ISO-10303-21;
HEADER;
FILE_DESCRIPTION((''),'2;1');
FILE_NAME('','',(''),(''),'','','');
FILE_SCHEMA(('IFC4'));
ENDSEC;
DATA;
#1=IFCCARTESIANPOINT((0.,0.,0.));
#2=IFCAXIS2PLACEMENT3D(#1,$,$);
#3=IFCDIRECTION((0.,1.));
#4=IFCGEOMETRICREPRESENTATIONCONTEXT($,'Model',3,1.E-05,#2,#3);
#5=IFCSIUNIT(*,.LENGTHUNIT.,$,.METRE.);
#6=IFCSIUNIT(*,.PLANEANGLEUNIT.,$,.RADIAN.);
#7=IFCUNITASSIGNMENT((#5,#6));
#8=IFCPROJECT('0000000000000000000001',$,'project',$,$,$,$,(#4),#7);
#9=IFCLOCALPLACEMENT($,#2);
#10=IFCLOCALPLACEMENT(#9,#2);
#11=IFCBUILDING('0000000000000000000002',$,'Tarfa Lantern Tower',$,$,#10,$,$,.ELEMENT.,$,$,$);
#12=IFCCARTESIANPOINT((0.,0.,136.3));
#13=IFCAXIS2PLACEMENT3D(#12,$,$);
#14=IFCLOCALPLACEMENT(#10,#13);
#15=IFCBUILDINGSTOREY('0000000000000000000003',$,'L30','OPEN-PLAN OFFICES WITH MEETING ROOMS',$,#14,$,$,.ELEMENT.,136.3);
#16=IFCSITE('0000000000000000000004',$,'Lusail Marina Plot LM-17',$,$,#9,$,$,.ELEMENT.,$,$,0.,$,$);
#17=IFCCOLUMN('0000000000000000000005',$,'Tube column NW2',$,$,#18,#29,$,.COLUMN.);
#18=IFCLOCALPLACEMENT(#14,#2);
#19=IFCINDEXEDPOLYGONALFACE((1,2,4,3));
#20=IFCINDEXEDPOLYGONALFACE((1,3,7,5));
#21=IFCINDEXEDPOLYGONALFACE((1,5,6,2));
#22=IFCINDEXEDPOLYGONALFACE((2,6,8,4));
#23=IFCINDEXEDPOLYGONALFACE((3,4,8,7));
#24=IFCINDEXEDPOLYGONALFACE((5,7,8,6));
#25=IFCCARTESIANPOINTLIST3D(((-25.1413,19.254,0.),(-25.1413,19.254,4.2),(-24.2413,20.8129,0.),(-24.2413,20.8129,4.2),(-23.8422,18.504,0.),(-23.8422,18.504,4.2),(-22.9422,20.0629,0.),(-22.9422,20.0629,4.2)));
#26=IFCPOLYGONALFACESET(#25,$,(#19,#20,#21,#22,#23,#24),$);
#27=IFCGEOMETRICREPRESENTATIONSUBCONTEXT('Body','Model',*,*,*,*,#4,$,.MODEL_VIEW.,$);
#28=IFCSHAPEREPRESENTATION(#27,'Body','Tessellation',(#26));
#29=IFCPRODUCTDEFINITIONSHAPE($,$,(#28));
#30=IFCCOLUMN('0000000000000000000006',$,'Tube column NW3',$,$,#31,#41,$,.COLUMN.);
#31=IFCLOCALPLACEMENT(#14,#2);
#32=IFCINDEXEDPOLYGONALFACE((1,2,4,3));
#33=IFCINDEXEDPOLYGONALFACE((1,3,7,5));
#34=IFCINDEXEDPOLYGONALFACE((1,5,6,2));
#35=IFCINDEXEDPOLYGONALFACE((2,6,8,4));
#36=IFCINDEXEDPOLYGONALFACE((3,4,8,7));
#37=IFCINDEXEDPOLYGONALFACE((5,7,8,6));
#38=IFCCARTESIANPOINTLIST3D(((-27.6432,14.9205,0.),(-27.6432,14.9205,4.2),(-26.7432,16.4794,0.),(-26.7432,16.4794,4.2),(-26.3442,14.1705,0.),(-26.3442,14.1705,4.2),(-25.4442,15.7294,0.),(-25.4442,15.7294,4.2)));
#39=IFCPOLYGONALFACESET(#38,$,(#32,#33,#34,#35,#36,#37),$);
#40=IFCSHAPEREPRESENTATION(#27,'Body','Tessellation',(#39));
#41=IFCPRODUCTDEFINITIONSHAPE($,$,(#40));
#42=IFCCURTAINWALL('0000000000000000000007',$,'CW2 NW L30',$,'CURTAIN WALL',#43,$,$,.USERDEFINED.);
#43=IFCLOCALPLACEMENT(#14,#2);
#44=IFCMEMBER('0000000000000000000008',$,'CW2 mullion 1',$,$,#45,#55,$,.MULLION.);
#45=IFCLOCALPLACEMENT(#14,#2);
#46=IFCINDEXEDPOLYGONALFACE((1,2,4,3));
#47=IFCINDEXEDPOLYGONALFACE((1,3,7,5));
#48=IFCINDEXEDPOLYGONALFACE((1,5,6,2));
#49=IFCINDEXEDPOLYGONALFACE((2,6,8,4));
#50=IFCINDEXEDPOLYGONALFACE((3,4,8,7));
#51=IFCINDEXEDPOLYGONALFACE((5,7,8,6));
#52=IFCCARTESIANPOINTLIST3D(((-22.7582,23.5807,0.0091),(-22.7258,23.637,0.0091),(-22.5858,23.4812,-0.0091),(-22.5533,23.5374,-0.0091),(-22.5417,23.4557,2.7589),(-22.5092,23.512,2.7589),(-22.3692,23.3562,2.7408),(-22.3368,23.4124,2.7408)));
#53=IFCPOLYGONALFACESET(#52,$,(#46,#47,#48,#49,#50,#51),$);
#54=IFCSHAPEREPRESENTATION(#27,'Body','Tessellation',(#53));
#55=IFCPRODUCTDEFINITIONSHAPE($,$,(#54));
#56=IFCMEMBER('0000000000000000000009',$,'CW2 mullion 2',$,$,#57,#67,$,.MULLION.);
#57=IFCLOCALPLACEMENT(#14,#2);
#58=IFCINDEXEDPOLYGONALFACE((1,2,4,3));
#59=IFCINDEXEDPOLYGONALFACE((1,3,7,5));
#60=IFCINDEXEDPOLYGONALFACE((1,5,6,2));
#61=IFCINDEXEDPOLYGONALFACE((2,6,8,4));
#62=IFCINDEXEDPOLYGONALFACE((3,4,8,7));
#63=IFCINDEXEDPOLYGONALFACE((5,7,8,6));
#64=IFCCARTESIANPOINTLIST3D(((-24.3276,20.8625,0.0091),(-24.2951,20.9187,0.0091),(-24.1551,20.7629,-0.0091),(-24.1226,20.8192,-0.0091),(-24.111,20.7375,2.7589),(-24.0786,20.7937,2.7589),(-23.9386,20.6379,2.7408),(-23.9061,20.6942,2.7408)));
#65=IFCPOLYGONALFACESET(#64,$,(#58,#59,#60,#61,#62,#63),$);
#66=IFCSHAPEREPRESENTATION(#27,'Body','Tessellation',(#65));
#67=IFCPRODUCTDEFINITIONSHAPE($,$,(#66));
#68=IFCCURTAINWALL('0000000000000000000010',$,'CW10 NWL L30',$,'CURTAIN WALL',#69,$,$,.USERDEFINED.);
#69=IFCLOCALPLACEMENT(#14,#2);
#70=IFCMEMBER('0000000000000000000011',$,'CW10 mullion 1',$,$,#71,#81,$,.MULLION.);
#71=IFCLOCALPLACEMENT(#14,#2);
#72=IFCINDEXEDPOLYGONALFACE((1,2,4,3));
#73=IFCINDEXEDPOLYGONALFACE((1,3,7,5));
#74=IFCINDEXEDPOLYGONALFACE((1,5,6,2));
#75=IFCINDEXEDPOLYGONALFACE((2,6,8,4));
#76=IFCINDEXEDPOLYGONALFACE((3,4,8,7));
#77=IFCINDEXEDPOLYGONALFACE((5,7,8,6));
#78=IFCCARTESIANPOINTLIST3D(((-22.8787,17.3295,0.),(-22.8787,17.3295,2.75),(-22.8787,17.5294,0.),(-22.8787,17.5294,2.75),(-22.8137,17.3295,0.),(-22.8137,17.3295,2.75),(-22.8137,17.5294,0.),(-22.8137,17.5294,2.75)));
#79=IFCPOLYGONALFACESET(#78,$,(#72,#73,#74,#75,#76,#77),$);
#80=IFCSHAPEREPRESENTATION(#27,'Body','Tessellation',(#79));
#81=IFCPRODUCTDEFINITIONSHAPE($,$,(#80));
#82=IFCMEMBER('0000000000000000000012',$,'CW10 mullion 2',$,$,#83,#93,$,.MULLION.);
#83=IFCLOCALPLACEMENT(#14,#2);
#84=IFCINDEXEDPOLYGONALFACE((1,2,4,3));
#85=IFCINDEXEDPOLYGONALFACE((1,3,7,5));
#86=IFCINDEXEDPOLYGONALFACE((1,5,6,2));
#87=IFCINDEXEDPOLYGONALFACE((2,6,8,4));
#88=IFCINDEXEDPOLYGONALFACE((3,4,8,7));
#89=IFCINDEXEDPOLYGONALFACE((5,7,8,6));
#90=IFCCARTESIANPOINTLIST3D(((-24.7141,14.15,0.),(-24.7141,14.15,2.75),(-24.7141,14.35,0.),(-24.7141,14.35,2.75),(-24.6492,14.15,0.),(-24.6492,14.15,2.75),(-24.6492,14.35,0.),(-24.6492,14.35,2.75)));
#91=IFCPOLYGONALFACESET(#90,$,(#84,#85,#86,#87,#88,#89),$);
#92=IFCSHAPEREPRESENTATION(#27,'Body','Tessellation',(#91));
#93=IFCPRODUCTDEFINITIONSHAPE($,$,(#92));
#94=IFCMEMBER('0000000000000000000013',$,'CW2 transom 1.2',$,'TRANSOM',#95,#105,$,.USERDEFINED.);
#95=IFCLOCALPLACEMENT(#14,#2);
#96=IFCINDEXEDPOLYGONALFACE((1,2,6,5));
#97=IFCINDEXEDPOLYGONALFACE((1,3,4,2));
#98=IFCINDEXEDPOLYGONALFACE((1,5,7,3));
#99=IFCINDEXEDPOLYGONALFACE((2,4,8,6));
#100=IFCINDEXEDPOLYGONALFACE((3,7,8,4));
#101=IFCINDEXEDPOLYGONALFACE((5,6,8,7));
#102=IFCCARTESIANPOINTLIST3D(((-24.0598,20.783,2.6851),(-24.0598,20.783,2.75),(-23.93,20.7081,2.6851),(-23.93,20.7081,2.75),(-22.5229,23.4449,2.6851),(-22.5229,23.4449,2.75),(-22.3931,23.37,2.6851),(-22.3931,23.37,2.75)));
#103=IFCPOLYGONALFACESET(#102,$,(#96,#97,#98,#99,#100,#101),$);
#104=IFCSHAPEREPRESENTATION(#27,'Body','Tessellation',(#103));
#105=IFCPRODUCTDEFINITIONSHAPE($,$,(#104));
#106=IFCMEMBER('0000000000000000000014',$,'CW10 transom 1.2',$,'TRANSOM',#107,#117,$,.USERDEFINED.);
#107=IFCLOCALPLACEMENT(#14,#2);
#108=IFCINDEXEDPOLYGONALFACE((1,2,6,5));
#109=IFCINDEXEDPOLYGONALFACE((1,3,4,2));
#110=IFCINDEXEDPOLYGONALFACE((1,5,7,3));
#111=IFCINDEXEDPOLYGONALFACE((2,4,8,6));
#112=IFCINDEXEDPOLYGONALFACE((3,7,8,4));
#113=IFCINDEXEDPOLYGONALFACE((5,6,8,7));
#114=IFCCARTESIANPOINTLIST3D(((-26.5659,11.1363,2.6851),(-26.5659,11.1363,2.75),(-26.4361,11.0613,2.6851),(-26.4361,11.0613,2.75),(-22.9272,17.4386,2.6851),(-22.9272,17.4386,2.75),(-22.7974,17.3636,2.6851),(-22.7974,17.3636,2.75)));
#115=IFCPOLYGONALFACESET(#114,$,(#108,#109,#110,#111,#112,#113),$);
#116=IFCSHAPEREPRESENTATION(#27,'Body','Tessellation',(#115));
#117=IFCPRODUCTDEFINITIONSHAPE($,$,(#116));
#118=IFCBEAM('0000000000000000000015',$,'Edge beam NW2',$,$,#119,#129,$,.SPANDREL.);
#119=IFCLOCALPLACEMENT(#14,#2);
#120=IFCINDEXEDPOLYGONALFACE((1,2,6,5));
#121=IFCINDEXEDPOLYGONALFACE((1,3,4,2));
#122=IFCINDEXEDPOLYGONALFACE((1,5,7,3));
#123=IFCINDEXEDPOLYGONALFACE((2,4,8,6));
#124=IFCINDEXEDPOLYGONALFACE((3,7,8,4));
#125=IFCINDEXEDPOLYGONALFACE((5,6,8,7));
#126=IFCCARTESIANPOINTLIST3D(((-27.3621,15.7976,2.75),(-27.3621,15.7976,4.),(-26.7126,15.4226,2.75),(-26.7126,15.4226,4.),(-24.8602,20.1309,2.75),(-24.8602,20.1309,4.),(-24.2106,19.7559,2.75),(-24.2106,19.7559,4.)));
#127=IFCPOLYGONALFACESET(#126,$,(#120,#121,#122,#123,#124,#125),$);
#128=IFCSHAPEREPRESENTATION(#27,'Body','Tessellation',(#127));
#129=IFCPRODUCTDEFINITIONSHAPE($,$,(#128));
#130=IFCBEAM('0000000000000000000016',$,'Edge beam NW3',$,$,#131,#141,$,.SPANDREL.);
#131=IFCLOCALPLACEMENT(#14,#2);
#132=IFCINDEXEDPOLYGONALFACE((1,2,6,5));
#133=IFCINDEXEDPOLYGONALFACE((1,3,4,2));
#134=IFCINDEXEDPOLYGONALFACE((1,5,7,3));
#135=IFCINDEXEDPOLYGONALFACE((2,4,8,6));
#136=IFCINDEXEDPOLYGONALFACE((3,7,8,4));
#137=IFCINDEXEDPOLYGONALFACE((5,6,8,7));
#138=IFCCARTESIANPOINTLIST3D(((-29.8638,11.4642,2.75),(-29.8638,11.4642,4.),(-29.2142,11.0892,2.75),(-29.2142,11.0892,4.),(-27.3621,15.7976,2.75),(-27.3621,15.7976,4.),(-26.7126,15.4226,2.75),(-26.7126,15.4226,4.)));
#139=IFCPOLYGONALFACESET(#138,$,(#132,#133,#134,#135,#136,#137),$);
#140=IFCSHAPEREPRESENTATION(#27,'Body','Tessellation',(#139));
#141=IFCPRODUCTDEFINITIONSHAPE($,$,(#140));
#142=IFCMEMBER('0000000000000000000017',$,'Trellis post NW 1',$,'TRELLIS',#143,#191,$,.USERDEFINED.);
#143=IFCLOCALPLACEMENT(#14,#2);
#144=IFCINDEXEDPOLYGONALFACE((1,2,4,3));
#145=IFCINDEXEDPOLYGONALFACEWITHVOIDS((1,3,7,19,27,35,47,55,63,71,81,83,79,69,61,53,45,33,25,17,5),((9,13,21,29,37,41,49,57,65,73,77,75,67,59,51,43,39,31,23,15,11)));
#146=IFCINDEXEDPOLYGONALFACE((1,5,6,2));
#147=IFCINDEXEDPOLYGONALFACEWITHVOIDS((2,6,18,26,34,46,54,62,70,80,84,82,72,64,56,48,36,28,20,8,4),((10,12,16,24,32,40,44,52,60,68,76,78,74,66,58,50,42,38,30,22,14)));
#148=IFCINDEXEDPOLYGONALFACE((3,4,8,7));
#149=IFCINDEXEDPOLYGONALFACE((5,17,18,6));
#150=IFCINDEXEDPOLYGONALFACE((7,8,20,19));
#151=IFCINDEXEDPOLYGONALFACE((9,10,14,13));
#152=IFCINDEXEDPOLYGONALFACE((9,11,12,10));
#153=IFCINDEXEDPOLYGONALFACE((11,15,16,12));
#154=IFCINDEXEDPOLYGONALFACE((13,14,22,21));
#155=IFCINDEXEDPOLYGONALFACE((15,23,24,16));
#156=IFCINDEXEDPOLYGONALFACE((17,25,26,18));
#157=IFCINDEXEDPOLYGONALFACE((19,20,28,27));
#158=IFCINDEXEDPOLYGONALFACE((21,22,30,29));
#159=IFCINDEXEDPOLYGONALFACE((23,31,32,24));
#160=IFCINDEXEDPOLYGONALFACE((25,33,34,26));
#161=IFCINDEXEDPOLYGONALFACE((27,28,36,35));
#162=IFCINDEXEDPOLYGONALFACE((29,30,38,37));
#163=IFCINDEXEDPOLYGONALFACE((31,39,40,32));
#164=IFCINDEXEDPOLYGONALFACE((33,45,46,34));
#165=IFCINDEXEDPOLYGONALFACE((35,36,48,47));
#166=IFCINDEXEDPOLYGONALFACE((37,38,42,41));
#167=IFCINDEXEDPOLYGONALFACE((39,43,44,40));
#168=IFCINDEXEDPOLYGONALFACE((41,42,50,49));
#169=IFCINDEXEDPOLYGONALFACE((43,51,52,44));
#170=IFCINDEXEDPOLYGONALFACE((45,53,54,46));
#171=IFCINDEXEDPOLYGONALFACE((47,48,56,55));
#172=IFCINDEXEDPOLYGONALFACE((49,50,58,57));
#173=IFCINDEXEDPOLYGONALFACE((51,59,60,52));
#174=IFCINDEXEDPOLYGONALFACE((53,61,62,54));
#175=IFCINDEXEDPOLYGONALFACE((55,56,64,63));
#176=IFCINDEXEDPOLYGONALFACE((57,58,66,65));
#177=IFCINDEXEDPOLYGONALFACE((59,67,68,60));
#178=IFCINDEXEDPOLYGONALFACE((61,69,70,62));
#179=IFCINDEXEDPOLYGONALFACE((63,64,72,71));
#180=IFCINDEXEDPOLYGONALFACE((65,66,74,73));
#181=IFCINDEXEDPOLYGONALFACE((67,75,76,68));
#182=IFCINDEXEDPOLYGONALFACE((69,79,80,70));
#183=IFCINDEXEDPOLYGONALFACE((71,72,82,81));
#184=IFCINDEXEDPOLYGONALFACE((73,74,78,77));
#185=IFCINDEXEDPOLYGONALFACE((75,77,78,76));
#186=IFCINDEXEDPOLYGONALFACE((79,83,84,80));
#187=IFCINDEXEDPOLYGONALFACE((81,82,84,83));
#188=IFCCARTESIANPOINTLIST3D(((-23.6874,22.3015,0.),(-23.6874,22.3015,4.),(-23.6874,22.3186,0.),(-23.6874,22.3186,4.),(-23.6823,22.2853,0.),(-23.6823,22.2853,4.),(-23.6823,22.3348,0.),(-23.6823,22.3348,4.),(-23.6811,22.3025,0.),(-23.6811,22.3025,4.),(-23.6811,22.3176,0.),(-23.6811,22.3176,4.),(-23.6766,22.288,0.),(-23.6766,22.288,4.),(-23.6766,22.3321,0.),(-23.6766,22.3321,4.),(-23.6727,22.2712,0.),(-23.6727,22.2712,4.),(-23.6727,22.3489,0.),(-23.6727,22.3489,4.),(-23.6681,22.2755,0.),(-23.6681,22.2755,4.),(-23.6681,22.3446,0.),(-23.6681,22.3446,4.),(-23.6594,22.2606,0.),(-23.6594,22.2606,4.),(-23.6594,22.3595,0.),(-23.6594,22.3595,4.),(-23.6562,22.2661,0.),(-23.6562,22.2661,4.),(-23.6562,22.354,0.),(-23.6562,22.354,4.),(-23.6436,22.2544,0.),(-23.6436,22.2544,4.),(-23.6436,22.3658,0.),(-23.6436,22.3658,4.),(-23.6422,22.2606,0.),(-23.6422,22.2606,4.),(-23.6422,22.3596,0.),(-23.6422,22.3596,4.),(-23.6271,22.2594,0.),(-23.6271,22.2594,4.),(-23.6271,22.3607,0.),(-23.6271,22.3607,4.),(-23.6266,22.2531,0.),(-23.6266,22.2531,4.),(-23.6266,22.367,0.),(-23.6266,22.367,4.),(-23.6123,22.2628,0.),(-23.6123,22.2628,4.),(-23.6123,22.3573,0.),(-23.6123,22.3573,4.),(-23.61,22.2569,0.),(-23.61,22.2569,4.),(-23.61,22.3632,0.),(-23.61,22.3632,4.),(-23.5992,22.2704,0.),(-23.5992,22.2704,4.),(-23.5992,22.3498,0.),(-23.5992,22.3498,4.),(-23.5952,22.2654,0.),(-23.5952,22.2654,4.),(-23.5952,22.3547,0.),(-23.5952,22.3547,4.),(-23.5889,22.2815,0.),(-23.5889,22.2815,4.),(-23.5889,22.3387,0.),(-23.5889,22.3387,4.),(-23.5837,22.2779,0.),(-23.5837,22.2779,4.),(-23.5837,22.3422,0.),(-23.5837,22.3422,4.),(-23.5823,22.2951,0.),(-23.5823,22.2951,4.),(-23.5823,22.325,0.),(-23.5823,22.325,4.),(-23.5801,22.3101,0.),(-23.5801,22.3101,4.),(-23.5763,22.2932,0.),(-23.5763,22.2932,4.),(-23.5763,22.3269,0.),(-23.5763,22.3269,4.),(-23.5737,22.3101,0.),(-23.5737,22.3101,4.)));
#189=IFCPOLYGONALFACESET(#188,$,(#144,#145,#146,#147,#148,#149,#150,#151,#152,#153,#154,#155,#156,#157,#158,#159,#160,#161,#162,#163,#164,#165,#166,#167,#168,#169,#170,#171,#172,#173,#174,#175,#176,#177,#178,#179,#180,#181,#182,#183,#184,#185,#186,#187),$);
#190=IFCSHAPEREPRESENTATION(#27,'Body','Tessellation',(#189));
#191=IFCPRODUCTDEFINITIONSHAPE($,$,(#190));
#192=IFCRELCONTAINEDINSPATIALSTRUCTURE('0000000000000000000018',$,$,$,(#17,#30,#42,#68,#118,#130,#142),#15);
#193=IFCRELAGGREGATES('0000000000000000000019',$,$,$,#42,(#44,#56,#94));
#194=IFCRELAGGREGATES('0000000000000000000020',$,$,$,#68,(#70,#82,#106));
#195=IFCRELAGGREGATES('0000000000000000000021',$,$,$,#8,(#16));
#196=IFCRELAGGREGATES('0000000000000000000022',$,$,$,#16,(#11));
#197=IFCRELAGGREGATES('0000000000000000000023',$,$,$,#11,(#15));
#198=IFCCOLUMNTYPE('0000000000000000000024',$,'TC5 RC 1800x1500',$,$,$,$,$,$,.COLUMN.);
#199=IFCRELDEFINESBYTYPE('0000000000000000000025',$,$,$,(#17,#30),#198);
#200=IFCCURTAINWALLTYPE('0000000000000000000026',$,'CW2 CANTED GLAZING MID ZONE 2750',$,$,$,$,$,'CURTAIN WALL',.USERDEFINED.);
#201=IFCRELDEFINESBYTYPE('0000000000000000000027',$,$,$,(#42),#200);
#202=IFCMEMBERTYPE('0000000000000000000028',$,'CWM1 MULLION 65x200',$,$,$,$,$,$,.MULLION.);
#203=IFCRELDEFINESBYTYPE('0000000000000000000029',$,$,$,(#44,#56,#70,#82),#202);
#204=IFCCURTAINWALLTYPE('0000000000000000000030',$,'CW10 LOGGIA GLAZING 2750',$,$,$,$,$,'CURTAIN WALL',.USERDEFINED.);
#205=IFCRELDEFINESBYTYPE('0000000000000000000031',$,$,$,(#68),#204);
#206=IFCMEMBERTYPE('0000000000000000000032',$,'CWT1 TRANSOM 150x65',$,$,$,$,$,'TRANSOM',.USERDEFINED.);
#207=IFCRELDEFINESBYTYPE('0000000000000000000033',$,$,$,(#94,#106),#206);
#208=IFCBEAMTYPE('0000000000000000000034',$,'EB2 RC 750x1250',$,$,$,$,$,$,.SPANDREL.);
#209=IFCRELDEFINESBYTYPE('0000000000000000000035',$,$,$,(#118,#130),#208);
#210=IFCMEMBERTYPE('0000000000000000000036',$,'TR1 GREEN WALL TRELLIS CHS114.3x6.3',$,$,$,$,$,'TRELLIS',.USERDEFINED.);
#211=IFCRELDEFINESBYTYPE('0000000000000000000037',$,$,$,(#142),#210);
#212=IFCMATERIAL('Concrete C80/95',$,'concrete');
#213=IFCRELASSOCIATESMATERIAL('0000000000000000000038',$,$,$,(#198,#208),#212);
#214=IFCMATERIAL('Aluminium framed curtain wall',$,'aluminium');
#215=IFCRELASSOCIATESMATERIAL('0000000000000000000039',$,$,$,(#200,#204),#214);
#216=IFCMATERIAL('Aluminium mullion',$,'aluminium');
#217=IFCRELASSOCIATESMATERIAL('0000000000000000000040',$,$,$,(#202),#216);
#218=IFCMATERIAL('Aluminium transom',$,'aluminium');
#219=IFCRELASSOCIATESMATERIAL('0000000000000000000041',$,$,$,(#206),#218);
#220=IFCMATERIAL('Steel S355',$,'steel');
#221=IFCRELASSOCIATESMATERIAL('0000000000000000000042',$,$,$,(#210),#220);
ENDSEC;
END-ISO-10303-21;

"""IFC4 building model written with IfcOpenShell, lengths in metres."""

from ifc_helpers import new_model, si_unit, direction, frame, origin, origin_2d, place, context, subcontext, project, spatial, rectangle, hollow_circle, extrude, material, material_profile, profile_set, type_object, element, aggregate, save


model = new_model("IFC4")

# Units and contexts
model_context = context("Model", 3, precision=1e-05, world=origin(), true_north=direction((0.0, 1.0)))
body_context = subcontext(model_context, "Body", "Model", "MODEL_VIEW")
ifc_project = project(units=[si_unit("LENGTHUNIT", "METRE"), si_unit("PLANEANGLEUNIT", "RADIAN")], contexts=[model_context])

# Site, building, storey
site_placement = place(None, origin())
site = spatial("IfcSite", under=ifc_project, at=site_placement, Name="Lusail Marina Plot LM-17", CompositionType="ELEMENT", RefElevation=0.0)
building_placement = place(site_placement, origin())
building = spatial("IfcBuilding", under=site, at=building_placement, Name="Tarfa Lantern Tower", CompositionType="ELEMENT")
storey_placement = place(building_placement, frame((0.0, 0.0, 136.3)))
storey = spatial("IfcBuildingStorey", under=building, at=storey_placement, Name="L30", Description="OPEN-PLAN OFFICES WITH MEETING ROOMS", CompositionType="ELEMENT", Elevation=136.3)

# Columns
ifc_material_1 = material(Name="Concrete C80/95", Category="concrete")
ifc_material_profile_1 = material_profile(ifc_material_1, rectangle(XDim=1.8, YDim=1.5, at=origin_2d()), Name="RC 1800x1500")
ifc_profile_set_1 = profile_set([ifc_material_profile_1], Name="Concrete C80/95")
column_type = type_object("IfcColumnType", Name="TC5 RC 1800x1500", PredefinedType="COLUMN", material=ifc_profile_set_1)
for number, where, z_axis, x_axis, name in (
    (1, (-24.0417, 19.6584, 0.0), (0.0, 0.0, 1.0), (-0.5, -0.866025, 0.0), "Tube column NW2"),
    (2, (-26.5437, 15.325, 0.0), (0.0, 0.0, 1.0), (-0.5, -0.866025, 0.0), "Tube column NW3"),
):
    element("IfcColumn", number, at=place(storey_placement, frame(where, z_axis=z_axis, x_axis=x_axis)), inside=storey, type_object=column_type, Name=name, PredefinedType="COLUMN", context=body_context, shape_type="SweptSolid", body=[
        extrude(rectangle(XDim=1.8, YDim=1.5, at=origin_2d()), origin(), (0.0, 0.0, 1.0), 4.2),
    ])

# Curtain walls, members
ifc_material_2 = material(Name="Aluminium framed curtain wall", Category="aluminium")
curtain_wall_type_1 = type_object("IfcCurtainWallType", Name="CW2 CANTED GLAZING MID ZONE 2750", ElementType="CURTAIN WALL", PredefinedType="USERDEFINED", material=ifc_material_2)
curtain_wall_1_placement = place(storey_placement, origin())
curtain_wall_1 = element("IfcCurtainWall", 3, at=curtain_wall_1_placement, inside=storey, type_object=curtain_wall_type_1, Name="CW2 NW L30", ObjectType="CURTAIN WALL", PredefinedType="USERDEFINED")
ifc_material_3 = material(Name="Aluminium mullion", Category="aluminium")
ifc_material_profile_2 = material_profile(ifc_material_3, rectangle(XDim=0.0649, YDim=0.2, at=origin_2d()), Name="AL MULLION 65x200")
ifc_profile_set_2 = profile_set([ifc_material_profile_2], Name="Aluminium mullion")
member_type_1 = type_object("IfcMemberType", Name="CWM1 MULLION 65x200", PredefinedType="MULLION", material=ifc_profile_set_2)
member_1_placement = place(storey_placement, frame((-22.6558, 23.5591, 0.0), z_axis=(0.078423, -0.045268, 0.995892), x_axis=(0.49992, 0.866072, 0.0)))
member_1 = element("IfcMember", 4, at=member_1_placement, type_object=member_type_1, Name="CW2 mullion 1", PredefinedType="MULLION", context=body_context, shape_type="SweptSolid", body=[
    extrude(rectangle(XDim=0.0649, YDim=0.2, at=origin_2d()), origin(), (0.0, 0.0, 1.0), 2.7612),
])
member_2_placement = place(storey_placement, frame((-24.2251, 20.8408, 0.0), z_axis=(0.078423, -0.045268, 0.995892), x_axis=(0.49992, 0.866072, 0.0)))
member_2 = element("IfcMember", 5, at=member_2_placement, type_object=member_type_1, Name="CW2 mullion 2", PredefinedType="MULLION", context=body_context, shape_type="SweptSolid", body=[
    extrude(rectangle(XDim=0.0649, YDim=0.2, at=origin_2d()), origin(), (0.0, 0.0, 1.0), 2.7612),
])
curtain_wall_type_2 = type_object("IfcCurtainWallType", Name="CW10 LOGGIA GLAZING 2750", ElementType="CURTAIN WALL", PredefinedType="USERDEFINED", material=ifc_material_2)
curtain_wall_2_placement = place(storey_placement, origin())
curtain_wall_2 = element("IfcCurtainWall", 6, at=curtain_wall_2_placement, inside=storey, type_object=curtain_wall_type_2, Name="CW10 NWL L30", ObjectType="CURTAIN WALL", PredefinedType="USERDEFINED")
member_3_placement = place(storey_placement, frame((-22.8462, 17.4294, 0.0), z_axis=(0.0, 0.0, 1.0), x_axis=(1.0, 0.0, 0.0)))
member_3 = element("IfcMember", 7, at=member_3_placement, type_object=member_type_1, Name="CW10 mullion 1", PredefinedType="MULLION", context=body_context, shape_type="SweptSolid", body=[
    extrude(rectangle(XDim=0.0649, YDim=0.2, at=origin_2d()), origin(), (0.0, 0.0, 1.0), 2.75),
])
member_4_placement = place(storey_placement, frame((-24.6816, 14.25, 0.0), z_axis=(0.0, 0.0, 1.0), x_axis=(1.0, 0.0, 0.0)))
member_4 = element("IfcMember", 8, at=member_4_placement, type_object=member_type_1, Name="CW10 mullion 2", PredefinedType="MULLION", context=body_context, shape_type="SweptSolid", body=[
    extrude(rectangle(XDim=0.0649, YDim=0.2, at=origin_2d()), origin(), (0.0, 0.0, 1.0), 2.75),
])

# Members
ifc_material_4 = material(Name="Aluminium transom", Category="aluminium")
ifc_material_profile_3 = material_profile(ifc_material_4, rectangle(XDim=0.1499, YDim=0.0649, at=origin_2d()), Name="AL TRANSOM 150x65")
ifc_profile_set_3 = profile_set([ifc_material_profile_3], Name="Aluminium transom")
member_type_2 = type_object("IfcMemberType", Name="CWT1 TRANSOM 150x65", ElementType="TRANSOM", PredefinedType="USERDEFINED", material=ifc_profile_set_3)
member_5_placement = place(storey_placement, frame((-22.458, 23.4075, 2.7175), z_axis=(-0.500009, -0.86602, 0.0), x_axis=(0.86602, -0.500009, 0.0)))
member_5 = element("IfcMember", 9, at=member_5_placement, type_object=member_type_2, Name="CW2 transom 1.2", ObjectType="TRANSOM", PredefinedType="USERDEFINED", context=body_context, shape_type="SweptSolid", body=[
    extrude(rectangle(XDim=0.1499, YDim=0.0649, at=origin_2d()), origin(), (0.0, 0.0, 1.0), 3.0737),
])
member_6_placement = place(storey_placement, frame((-22.8623, 17.4011, 2.7175), z_axis=(-0.500007, -0.866021, 0.0), x_axis=(0.866021, -0.500007, 0.0)))
member_6 = element("IfcMember", 10, at=member_6_placement, type_object=member_type_2, Name="CW10 transom 1.2", ObjectType="TRANSOM", PredefinedType="USERDEFINED", context=body_context, shape_type="SweptSolid", body=[
    extrude(rectangle(XDim=0.1499, YDim=0.0649, at=origin_2d()), origin(), (0.0, 0.0, 1.0), 7.2773),
])

# Beams
ifc_material_profile_4 = material_profile(ifc_material_1, rectangle(XDim=0.75, YDim=1.25, at=origin_2d()), Name="RC 750x1250")
ifc_profile_set_4 = profile_set([ifc_material_profile_4], Name="Concrete C80/95")
beam_type_1 = type_object("IfcBeamType", Name="EB2 RC 750x1250", PredefinedType="SPANDREL", material=ifc_profile_set_4)
for number, where, z_axis, x_axis, name in (
    (11, (-24.5354, 19.9434, 3.375), (-0.500022, -0.866013, 0.0), (0.866013, -0.500022, 0.0), "Edge beam NW2"),
    (12, (-27.0374, 15.6101, 3.375), (-0.499965, -0.866046, 0.0), (0.866046, -0.499965, 0.0), "Edge beam NW3"),
):
    element("IfcBeam", number, at=place(storey_placement, frame(where, z_axis=z_axis, x_axis=x_axis)), inside=storey, type_object=beam_type_1, Name=name, PredefinedType="SPANDREL", context=body_context, shape_type="SweptSolid", body=[
        extrude(rectangle(XDim=0.75, YDim=1.25, at=origin_2d()), origin(), (0.0, 0.0, 1.0), 5.0037),
    ])

# Member
ifc_material_5 = material(Name="Steel S355", Category="steel")
ifc_material_profile_5 = material_profile(ifc_material_5, hollow_circle(Radius=0.0571, WallThickness=0.0063, at=origin_2d()), Name="CHS114.3x6.3")
ifc_profile_set_5 = profile_set([ifc_material_profile_5], Name="Steel S355")
member_type_3 = type_object("IfcMemberType", Name="TR1 GREEN WALL TRELLIS CHS114.3x6.3", ElementType="TRELLIS", PredefinedType="USERDEFINED", material=ifc_profile_set_5)
member_7_placement = place(storey_placement, frame((-23.6309, 22.3101, 0.0), z_axis=(0.0, 0.0, 1.0), x_axis=(1.0, 0.0, 0.0)))
element("IfcMember", 13, at=member_7_placement, inside=storey, type_object=member_type_3, Name="Trellis post NW 1", ObjectType="TRELLIS", PredefinedType="USERDEFINED", context=body_context, shape_type="SweptSolid", body=[
    extrude(hollow_circle(Radius=0.0571, WallThickness=0.0063, at=origin_2d()), origin(), (0.0, 0.0, 1.0), 4.0),
])

aggregate(curtain_wall_1, [member_1, member_2, member_5])
aggregate(curtain_wall_2, [member_3, member_4, member_6])

save(model, "model.ifc")
